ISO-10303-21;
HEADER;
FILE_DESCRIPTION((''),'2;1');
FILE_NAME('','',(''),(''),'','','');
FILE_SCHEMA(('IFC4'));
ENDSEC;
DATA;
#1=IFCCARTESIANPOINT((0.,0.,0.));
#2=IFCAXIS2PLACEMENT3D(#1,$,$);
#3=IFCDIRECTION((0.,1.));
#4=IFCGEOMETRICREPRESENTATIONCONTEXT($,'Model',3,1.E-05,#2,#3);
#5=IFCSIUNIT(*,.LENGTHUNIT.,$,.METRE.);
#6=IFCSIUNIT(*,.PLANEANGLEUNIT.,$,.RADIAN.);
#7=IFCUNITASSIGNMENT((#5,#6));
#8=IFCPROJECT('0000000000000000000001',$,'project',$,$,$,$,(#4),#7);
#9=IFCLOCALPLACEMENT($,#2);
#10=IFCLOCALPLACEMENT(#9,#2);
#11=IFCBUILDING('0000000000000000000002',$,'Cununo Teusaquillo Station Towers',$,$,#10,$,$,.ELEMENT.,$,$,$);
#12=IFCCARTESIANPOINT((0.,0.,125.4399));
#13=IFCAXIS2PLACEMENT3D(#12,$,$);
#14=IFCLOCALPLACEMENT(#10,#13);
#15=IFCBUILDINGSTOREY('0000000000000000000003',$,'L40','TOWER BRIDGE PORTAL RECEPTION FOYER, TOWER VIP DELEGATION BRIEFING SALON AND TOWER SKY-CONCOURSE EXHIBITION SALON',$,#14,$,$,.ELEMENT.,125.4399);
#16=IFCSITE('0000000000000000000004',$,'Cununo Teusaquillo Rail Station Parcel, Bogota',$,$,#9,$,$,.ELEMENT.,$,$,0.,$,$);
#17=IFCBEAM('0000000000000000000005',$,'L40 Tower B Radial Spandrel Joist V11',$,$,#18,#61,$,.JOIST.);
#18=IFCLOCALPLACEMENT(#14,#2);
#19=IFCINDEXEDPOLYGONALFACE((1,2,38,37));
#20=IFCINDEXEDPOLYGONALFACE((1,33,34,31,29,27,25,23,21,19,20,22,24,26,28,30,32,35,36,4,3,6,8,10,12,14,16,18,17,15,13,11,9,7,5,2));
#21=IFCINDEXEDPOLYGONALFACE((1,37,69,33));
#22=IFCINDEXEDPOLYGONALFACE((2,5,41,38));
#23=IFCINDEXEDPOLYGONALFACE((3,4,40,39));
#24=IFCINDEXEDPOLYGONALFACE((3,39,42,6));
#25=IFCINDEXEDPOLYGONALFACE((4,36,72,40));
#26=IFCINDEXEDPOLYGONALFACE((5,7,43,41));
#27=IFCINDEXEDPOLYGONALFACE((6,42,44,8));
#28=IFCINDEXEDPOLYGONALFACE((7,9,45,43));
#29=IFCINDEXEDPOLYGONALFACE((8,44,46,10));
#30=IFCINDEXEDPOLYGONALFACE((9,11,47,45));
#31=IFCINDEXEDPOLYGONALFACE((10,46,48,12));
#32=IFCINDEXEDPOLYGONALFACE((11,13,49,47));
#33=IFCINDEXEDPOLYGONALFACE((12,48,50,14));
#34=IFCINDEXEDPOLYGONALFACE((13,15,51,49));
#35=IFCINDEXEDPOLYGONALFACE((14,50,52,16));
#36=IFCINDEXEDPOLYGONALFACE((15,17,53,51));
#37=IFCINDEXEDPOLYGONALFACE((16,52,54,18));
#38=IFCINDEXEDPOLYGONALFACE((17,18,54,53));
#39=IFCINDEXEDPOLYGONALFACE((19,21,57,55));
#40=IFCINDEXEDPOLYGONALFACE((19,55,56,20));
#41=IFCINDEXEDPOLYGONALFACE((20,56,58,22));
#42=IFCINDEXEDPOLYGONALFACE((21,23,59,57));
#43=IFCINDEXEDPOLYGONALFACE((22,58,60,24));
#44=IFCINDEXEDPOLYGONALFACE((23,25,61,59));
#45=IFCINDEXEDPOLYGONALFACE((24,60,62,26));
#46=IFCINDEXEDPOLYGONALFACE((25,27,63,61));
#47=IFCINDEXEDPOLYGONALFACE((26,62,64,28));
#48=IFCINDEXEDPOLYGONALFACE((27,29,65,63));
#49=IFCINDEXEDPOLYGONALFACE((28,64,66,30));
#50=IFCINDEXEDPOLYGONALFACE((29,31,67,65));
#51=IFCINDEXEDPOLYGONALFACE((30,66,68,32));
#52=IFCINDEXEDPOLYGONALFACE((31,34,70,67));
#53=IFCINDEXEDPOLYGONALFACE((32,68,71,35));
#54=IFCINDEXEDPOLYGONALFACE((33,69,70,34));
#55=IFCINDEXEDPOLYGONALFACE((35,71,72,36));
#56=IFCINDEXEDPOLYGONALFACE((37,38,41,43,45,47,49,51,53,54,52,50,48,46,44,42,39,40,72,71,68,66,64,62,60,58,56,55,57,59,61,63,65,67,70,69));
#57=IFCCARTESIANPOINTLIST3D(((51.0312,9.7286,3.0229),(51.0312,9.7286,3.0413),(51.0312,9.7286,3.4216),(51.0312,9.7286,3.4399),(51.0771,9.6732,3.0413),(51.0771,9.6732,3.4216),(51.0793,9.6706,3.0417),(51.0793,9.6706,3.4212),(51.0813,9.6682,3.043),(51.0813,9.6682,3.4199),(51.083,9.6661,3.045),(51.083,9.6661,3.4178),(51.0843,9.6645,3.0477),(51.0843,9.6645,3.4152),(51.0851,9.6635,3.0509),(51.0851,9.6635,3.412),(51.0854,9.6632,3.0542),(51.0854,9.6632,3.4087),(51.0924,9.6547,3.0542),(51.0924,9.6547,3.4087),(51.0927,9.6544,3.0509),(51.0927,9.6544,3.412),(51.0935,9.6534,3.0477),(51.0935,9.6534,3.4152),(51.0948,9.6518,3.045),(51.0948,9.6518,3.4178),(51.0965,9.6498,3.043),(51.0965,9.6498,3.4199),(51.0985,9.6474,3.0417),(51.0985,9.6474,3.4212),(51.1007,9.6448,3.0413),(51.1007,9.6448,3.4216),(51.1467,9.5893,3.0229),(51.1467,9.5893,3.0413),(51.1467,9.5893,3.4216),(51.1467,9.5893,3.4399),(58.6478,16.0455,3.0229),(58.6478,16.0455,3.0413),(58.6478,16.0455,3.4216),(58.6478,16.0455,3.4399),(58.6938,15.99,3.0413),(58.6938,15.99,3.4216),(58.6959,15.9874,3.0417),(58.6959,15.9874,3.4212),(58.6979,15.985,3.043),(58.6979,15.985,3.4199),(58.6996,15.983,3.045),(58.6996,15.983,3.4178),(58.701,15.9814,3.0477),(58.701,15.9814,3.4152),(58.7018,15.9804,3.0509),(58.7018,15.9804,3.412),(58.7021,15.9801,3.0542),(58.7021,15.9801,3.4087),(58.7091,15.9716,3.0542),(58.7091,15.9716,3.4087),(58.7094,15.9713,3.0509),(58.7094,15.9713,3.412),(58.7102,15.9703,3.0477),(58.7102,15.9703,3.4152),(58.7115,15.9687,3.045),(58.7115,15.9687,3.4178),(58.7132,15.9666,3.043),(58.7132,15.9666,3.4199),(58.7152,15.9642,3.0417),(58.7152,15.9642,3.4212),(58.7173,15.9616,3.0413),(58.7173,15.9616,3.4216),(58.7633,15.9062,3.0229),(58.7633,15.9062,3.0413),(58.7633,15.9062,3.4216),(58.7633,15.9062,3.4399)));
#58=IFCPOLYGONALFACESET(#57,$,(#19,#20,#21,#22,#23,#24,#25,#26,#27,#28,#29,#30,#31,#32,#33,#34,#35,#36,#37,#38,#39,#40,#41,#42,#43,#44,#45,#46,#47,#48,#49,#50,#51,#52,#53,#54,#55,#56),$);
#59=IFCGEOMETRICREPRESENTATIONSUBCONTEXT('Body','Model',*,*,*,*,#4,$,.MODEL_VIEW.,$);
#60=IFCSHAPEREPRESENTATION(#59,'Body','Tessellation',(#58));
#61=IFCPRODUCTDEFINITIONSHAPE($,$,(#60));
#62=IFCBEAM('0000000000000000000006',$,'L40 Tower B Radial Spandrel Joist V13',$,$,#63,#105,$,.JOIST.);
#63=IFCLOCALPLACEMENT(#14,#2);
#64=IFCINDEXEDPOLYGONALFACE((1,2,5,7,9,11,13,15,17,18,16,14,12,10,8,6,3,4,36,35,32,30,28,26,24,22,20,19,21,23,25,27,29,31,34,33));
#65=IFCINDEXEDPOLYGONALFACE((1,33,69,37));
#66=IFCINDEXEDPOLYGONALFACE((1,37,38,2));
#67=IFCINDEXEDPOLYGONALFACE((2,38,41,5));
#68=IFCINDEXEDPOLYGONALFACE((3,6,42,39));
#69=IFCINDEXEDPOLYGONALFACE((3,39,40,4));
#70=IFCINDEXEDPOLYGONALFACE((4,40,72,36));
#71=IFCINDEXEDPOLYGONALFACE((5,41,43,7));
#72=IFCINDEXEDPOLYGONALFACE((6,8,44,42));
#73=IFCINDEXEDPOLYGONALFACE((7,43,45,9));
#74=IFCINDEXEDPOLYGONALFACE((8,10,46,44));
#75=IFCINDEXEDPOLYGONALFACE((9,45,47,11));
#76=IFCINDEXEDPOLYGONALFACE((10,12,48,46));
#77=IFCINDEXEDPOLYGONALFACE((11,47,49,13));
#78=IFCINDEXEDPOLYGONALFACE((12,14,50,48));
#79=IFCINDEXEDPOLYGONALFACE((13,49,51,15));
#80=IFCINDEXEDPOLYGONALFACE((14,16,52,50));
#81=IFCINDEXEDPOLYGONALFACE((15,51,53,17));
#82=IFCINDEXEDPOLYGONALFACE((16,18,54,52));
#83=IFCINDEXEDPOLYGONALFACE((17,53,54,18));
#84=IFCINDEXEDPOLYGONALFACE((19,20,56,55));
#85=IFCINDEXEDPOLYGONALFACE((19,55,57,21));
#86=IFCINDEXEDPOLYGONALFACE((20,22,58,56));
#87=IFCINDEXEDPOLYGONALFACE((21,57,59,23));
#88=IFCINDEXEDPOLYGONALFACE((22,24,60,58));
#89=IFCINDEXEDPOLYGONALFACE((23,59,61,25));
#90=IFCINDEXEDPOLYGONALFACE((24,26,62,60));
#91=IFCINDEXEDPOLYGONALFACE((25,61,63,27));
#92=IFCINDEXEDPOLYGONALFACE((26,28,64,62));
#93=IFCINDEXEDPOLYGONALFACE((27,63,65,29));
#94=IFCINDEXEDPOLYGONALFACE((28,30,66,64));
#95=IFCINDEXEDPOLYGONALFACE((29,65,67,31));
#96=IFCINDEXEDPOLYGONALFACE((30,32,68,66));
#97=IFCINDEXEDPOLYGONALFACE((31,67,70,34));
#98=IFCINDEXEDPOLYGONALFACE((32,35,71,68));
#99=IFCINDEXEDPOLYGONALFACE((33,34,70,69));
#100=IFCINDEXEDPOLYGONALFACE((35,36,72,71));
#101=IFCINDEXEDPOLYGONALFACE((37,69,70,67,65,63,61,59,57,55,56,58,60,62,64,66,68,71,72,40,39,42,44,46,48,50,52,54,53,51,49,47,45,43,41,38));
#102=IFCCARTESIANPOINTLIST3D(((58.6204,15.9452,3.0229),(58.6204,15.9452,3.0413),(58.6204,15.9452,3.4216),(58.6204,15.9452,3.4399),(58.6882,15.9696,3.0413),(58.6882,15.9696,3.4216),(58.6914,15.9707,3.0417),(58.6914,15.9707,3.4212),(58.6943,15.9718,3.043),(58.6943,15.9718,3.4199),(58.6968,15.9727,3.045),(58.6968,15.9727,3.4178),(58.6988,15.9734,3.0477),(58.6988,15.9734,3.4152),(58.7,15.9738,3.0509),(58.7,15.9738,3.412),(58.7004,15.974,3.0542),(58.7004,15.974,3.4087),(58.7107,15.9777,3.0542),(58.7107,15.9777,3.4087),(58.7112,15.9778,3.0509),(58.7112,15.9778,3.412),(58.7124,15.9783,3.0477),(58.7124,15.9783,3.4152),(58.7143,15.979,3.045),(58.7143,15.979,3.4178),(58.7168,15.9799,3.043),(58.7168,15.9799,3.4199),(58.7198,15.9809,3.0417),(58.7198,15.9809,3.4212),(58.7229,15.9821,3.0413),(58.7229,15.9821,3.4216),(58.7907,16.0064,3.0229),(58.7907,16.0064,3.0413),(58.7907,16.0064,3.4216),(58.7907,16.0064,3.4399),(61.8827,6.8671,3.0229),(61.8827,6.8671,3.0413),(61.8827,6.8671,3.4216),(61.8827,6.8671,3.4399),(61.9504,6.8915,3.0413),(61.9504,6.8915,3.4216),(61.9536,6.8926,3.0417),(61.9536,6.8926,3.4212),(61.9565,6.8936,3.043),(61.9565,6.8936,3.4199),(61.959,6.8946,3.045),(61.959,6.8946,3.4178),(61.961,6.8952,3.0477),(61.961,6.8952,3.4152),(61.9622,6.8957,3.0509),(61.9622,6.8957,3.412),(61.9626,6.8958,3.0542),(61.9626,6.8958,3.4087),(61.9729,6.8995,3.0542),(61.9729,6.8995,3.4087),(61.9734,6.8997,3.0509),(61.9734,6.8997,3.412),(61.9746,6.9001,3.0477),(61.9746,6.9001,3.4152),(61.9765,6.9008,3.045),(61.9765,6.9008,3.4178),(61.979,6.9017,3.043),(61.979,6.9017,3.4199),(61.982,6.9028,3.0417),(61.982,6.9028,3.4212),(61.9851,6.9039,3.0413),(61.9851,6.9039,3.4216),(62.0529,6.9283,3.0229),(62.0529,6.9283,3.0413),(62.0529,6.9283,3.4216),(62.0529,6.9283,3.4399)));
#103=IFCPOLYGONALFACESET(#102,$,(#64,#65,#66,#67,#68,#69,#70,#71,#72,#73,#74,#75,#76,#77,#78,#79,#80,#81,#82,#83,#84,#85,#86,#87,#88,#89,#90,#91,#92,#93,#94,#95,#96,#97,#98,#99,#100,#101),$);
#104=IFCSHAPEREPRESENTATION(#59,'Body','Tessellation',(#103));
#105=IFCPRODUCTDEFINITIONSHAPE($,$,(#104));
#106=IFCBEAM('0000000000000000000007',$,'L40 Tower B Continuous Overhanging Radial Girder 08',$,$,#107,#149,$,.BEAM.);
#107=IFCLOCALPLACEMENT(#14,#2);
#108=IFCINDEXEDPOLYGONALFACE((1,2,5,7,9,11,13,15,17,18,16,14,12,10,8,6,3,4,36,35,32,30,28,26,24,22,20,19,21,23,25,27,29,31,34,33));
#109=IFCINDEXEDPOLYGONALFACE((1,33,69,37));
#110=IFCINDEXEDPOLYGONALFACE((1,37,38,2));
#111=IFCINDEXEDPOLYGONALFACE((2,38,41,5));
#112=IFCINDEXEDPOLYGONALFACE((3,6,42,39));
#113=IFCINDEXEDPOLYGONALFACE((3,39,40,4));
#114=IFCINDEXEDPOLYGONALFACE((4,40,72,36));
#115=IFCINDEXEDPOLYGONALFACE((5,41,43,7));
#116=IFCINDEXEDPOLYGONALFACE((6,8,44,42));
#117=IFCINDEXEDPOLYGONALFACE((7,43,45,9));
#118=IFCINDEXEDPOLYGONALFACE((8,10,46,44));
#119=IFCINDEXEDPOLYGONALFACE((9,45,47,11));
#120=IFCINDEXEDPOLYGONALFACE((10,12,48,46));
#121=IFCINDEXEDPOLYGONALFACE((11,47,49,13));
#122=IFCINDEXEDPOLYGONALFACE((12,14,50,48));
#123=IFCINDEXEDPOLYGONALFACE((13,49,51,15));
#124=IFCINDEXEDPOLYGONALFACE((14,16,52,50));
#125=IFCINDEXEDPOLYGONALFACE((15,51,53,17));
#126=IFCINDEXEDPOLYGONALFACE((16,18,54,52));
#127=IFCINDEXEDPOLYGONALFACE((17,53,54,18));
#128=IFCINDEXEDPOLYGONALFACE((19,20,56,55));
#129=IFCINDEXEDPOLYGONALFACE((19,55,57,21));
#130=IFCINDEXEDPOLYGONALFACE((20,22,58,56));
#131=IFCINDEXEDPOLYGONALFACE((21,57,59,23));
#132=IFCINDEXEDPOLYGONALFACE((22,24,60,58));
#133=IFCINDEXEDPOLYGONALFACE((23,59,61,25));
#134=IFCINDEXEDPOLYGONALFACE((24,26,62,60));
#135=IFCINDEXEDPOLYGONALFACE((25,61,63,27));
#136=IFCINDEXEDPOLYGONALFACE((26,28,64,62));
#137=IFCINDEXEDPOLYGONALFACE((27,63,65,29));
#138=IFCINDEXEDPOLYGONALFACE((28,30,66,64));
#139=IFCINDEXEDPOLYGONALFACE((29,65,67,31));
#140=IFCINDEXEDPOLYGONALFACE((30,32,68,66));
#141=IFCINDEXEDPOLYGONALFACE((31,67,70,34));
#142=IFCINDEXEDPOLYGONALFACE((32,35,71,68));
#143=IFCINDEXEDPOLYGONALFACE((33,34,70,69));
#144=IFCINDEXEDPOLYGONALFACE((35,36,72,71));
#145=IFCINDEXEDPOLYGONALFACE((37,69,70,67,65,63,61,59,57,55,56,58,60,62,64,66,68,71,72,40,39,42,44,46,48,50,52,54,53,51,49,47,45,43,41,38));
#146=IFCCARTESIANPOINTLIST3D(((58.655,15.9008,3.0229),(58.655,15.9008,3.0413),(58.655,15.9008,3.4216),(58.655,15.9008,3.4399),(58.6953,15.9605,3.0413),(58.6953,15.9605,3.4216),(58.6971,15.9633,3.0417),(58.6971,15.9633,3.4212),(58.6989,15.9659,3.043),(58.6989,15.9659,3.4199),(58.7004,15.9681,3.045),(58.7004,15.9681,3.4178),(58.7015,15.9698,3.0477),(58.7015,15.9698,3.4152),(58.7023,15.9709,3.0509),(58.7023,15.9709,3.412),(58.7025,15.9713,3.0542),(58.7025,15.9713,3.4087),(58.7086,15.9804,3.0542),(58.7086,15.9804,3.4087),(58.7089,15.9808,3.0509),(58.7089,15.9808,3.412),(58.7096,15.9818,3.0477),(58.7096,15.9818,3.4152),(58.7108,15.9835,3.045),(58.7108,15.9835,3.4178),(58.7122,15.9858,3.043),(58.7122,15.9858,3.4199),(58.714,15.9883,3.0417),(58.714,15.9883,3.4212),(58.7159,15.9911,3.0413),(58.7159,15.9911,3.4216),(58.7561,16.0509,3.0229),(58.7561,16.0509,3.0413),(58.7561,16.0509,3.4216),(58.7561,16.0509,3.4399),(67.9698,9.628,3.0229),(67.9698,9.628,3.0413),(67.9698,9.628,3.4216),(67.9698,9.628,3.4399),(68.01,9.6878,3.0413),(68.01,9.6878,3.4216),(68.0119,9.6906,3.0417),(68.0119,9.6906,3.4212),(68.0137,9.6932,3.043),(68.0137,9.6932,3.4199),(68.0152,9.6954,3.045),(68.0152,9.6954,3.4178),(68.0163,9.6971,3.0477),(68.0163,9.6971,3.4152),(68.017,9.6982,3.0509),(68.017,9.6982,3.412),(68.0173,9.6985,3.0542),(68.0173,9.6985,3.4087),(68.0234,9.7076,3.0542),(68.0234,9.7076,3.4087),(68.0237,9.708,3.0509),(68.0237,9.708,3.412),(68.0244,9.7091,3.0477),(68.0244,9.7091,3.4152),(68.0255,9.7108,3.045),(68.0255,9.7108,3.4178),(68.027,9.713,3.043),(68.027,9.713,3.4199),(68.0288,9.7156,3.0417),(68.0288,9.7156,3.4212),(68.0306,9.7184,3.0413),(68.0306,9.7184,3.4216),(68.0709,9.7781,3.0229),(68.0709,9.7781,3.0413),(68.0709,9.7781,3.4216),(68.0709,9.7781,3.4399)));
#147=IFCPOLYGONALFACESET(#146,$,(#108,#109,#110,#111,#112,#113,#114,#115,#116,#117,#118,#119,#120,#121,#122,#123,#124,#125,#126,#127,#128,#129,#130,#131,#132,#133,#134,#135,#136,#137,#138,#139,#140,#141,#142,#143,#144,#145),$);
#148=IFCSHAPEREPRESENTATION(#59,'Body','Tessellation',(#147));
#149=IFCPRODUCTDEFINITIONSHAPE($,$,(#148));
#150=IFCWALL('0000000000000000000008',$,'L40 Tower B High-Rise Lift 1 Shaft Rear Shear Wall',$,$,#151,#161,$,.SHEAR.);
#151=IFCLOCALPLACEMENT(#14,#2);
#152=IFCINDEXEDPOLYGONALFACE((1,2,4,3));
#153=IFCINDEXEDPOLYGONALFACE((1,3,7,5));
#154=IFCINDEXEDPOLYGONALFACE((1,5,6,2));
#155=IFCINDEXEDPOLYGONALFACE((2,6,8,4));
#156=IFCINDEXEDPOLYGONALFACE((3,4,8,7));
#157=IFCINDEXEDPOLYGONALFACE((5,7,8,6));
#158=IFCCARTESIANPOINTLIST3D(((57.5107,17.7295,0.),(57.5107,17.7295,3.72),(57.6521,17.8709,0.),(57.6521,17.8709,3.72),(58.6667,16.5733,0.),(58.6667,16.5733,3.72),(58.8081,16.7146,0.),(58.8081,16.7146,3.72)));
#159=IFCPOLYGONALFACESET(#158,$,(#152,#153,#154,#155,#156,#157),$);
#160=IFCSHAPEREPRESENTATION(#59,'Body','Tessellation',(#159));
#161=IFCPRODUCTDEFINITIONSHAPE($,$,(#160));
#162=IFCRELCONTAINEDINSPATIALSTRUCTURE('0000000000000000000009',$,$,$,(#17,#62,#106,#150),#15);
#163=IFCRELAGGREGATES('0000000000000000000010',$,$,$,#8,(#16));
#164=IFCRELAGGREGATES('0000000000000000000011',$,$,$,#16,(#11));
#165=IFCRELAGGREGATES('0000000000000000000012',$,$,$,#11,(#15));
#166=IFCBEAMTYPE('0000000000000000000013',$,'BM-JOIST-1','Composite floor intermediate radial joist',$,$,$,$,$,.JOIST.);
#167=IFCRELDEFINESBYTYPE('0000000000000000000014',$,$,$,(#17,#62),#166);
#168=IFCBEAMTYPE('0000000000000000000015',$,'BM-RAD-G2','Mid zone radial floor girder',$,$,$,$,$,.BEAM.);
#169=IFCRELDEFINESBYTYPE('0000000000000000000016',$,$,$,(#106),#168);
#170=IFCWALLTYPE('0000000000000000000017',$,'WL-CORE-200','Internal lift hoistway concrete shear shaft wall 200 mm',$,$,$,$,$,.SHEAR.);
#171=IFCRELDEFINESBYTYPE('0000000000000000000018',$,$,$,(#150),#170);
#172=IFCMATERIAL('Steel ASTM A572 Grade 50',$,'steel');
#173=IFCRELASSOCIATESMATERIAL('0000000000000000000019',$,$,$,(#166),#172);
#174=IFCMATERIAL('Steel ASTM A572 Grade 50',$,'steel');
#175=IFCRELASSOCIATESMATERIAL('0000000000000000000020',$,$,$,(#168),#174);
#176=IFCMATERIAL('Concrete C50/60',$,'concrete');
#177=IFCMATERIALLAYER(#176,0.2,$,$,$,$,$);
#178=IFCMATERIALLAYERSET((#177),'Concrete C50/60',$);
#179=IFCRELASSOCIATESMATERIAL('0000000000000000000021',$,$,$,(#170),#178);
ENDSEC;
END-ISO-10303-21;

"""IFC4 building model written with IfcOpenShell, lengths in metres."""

from ifc_helpers import new_model, si_unit, direction, frame, frame_2d, origin, origin_2d, place, context, subcontext, project, spatial, rectangle, i_section, extrude, material, layer, layer_set, material_profile, profile_set, type_object, element, save


model = new_model("IFC4")

# Units and contexts
model_context = context("Model", 3, precision=1e-05, world=origin(), true_north=direction((0.0, 1.0)))
body_context = subcontext(model_context, "Body", "Model", "MODEL_VIEW")
ifc_project = project(units=[si_unit("LENGTHUNIT", "METRE"), si_unit("PLANEANGLEUNIT", "RADIAN")], contexts=[model_context])

# Site, building, storey
site_placement = place(None, origin())
site = spatial("IfcSite", under=ifc_project, at=site_placement, Name="Cununo Teusaquillo Rail Station Parcel, Bogota", CompositionType="ELEMENT", RefElevation=0.0)
building_placement = place(site_placement, origin())
building = spatial("IfcBuilding", under=site, at=building_placement, Name="Cununo Teusaquillo Station Towers", CompositionType="ELEMENT")
storey_placement = place(building_placement, frame((0.0, 0.0, 125.4399)))
storey = spatial("IfcBuildingStorey", under=building, at=storey_placement, Name="L40", Description="TOWER BRIDGE PORTAL RECEPTION FOYER, TOWER VIP DELEGATION BRIEFING SALON AND TOWER SKY-CONCOURSE EXHIBITION SALON", CompositionType="ELEMENT", Elevation=125.4399)

# Beams
ifc_material_1 = material(Name="Steel ASTM A572 Grade 50", Category="steel")
ifc_material_profile_1 = material_profile(ifc_material_1, i_section(OverallWidth=0.1809, OverallDepth=0.417, WebThickness=0.011, FlangeThickness=0.0183, FilletRadius=0.0129, at=origin_2d()), Name="W16X57")
ifc_profile_set_1 = profile_set([ifc_material_profile_1], Name="Steel ASTM A572 Grade 50")
beam_type_1 = type_object("IfcBeamType", Name="BM-JOIST-1", Description="Composite floor intermediate radial joist", PredefinedType="JOIST", material=ifc_profile_set_1)
beam_1_placement = place(storey_placement, frame((58.7056, 15.9758, 3.2314), z_axis=(-0.769728, -0.638372, 0.0), x_axis=(0.638372, -0.769728, 0.0)))
element("IfcBeam", 1, at=beam_1_placement, inside=storey, type_object=beam_type_1, Name="L40 Tower B Radial Spandrel Joist V11", PredefinedType="JOIST", context=body_context, shape_type="SweptSolid", body=[
    extrude(i_section(OverallWidth=0.1809, OverallDepth=0.417, WebThickness=0.011, FlangeThickness=0.0183, FilletRadius=0.0129, at=origin_2d()), origin(), (0.0, 0.0, 1.0), 9.8953),
])
beam_2_placement = place(storey_placement, frame((58.7056, 15.9758, 3.2314), z_axis=(0.338176, -0.941083, 0.0), x_axis=(0.941083, 0.338176, 0.0)))
element("IfcBeam", 2, at=beam_2_placement, inside=storey, type_object=beam_type_1, Name="L40 Tower B Radial Spandrel Joist V13", PredefinedType="JOIST", context=body_context, shape_type="SweptSolid", body=[
    extrude(i_section(OverallWidth=0.1809, OverallDepth=0.417, WebThickness=0.011, FlangeThickness=0.0183, FilletRadius=0.0129, at=origin_2d()), origin(), (0.0, 0.0, 1.0), 9.6465),
])
ifc_material_2 = material(Name="Steel ASTM A572 Grade 50", Category="steel")
ifc_material_profile_2 = material_profile(ifc_material_2, i_section(OverallWidth=0.1809, OverallDepth=0.417, WebThickness=0.011, FlangeThickness=0.0183, FilletRadius=0.0129, at=origin_2d()), Name="W16X57")
ifc_profile_set_2 = profile_set([ifc_material_profile_2], Name="Steel ASTM A572 Grade 50")
beam_type_2 = type_object("IfcBeamType", Name="BM-RAD-G2", Description="Mid zone radial floor girder", PredefinedType="BEAM", material=ifc_profile_set_2)
beam_3_placement = place(storey_placement, frame((58.7056, 15.9758, 3.2314), z_axis=(0.829456, -0.558572, 0.0), x_axis=(0.558572, 0.829456, 0.0)))
element("IfcBeam", 3, at=beam_3_placement, inside=storey, type_object=beam_type_2, Name="L40 Tower B Continuous Overhanging Radial Girder 08", PredefinedType="BEAM", context=body_context, shape_type="SweptSolid", body=[
    extrude(i_section(OverallWidth=0.1809, OverallDepth=0.417, WebThickness=0.011, FlangeThickness=0.0183, FilletRadius=0.0129, at=origin_2d()), origin(), (0.0, 0.0, 1.0), 11.23),
])

# Wall
ifc_material_3 = material(Name="Concrete C50/60", Category="concrete")
ifc_layer_1 = layer(ifc_material_3, 0.2)
ifc_layer_set_1 = layer_set([ifc_layer_1], Name="Concrete C50/60")
wall_type_1 = type_object("IfcWallType", Name="WL-CORE-200", Description="Internal lift hoistway concrete shear shaft wall 200 mm", PredefinedType="SHEAR", material=ifc_layer_set_1)
wall_1_placement = place(storey_placement, frame((58.7373, 16.644, 0.0), z_axis=(0.0, 0.0, 1.0), x_axis=(-0.707032, 0.707181, 0.0)))
element("IfcWall", 4, at=wall_1_placement, inside=storey, type_object=wall_type_1, Name="L40 Tower B High-Rise Lift 1 Shaft Rear Shear Wall", PredefinedType="SHEAR", context=body_context, shape_type="SweptSolid", body=[
    extrude(rectangle(XDim=1.635, YDim=0.2, at=frame_2d((0.8174, 0.0))), origin(), (0.0, 0.0, 1.0), 3.72),
])

save(model, "model.ifc")
